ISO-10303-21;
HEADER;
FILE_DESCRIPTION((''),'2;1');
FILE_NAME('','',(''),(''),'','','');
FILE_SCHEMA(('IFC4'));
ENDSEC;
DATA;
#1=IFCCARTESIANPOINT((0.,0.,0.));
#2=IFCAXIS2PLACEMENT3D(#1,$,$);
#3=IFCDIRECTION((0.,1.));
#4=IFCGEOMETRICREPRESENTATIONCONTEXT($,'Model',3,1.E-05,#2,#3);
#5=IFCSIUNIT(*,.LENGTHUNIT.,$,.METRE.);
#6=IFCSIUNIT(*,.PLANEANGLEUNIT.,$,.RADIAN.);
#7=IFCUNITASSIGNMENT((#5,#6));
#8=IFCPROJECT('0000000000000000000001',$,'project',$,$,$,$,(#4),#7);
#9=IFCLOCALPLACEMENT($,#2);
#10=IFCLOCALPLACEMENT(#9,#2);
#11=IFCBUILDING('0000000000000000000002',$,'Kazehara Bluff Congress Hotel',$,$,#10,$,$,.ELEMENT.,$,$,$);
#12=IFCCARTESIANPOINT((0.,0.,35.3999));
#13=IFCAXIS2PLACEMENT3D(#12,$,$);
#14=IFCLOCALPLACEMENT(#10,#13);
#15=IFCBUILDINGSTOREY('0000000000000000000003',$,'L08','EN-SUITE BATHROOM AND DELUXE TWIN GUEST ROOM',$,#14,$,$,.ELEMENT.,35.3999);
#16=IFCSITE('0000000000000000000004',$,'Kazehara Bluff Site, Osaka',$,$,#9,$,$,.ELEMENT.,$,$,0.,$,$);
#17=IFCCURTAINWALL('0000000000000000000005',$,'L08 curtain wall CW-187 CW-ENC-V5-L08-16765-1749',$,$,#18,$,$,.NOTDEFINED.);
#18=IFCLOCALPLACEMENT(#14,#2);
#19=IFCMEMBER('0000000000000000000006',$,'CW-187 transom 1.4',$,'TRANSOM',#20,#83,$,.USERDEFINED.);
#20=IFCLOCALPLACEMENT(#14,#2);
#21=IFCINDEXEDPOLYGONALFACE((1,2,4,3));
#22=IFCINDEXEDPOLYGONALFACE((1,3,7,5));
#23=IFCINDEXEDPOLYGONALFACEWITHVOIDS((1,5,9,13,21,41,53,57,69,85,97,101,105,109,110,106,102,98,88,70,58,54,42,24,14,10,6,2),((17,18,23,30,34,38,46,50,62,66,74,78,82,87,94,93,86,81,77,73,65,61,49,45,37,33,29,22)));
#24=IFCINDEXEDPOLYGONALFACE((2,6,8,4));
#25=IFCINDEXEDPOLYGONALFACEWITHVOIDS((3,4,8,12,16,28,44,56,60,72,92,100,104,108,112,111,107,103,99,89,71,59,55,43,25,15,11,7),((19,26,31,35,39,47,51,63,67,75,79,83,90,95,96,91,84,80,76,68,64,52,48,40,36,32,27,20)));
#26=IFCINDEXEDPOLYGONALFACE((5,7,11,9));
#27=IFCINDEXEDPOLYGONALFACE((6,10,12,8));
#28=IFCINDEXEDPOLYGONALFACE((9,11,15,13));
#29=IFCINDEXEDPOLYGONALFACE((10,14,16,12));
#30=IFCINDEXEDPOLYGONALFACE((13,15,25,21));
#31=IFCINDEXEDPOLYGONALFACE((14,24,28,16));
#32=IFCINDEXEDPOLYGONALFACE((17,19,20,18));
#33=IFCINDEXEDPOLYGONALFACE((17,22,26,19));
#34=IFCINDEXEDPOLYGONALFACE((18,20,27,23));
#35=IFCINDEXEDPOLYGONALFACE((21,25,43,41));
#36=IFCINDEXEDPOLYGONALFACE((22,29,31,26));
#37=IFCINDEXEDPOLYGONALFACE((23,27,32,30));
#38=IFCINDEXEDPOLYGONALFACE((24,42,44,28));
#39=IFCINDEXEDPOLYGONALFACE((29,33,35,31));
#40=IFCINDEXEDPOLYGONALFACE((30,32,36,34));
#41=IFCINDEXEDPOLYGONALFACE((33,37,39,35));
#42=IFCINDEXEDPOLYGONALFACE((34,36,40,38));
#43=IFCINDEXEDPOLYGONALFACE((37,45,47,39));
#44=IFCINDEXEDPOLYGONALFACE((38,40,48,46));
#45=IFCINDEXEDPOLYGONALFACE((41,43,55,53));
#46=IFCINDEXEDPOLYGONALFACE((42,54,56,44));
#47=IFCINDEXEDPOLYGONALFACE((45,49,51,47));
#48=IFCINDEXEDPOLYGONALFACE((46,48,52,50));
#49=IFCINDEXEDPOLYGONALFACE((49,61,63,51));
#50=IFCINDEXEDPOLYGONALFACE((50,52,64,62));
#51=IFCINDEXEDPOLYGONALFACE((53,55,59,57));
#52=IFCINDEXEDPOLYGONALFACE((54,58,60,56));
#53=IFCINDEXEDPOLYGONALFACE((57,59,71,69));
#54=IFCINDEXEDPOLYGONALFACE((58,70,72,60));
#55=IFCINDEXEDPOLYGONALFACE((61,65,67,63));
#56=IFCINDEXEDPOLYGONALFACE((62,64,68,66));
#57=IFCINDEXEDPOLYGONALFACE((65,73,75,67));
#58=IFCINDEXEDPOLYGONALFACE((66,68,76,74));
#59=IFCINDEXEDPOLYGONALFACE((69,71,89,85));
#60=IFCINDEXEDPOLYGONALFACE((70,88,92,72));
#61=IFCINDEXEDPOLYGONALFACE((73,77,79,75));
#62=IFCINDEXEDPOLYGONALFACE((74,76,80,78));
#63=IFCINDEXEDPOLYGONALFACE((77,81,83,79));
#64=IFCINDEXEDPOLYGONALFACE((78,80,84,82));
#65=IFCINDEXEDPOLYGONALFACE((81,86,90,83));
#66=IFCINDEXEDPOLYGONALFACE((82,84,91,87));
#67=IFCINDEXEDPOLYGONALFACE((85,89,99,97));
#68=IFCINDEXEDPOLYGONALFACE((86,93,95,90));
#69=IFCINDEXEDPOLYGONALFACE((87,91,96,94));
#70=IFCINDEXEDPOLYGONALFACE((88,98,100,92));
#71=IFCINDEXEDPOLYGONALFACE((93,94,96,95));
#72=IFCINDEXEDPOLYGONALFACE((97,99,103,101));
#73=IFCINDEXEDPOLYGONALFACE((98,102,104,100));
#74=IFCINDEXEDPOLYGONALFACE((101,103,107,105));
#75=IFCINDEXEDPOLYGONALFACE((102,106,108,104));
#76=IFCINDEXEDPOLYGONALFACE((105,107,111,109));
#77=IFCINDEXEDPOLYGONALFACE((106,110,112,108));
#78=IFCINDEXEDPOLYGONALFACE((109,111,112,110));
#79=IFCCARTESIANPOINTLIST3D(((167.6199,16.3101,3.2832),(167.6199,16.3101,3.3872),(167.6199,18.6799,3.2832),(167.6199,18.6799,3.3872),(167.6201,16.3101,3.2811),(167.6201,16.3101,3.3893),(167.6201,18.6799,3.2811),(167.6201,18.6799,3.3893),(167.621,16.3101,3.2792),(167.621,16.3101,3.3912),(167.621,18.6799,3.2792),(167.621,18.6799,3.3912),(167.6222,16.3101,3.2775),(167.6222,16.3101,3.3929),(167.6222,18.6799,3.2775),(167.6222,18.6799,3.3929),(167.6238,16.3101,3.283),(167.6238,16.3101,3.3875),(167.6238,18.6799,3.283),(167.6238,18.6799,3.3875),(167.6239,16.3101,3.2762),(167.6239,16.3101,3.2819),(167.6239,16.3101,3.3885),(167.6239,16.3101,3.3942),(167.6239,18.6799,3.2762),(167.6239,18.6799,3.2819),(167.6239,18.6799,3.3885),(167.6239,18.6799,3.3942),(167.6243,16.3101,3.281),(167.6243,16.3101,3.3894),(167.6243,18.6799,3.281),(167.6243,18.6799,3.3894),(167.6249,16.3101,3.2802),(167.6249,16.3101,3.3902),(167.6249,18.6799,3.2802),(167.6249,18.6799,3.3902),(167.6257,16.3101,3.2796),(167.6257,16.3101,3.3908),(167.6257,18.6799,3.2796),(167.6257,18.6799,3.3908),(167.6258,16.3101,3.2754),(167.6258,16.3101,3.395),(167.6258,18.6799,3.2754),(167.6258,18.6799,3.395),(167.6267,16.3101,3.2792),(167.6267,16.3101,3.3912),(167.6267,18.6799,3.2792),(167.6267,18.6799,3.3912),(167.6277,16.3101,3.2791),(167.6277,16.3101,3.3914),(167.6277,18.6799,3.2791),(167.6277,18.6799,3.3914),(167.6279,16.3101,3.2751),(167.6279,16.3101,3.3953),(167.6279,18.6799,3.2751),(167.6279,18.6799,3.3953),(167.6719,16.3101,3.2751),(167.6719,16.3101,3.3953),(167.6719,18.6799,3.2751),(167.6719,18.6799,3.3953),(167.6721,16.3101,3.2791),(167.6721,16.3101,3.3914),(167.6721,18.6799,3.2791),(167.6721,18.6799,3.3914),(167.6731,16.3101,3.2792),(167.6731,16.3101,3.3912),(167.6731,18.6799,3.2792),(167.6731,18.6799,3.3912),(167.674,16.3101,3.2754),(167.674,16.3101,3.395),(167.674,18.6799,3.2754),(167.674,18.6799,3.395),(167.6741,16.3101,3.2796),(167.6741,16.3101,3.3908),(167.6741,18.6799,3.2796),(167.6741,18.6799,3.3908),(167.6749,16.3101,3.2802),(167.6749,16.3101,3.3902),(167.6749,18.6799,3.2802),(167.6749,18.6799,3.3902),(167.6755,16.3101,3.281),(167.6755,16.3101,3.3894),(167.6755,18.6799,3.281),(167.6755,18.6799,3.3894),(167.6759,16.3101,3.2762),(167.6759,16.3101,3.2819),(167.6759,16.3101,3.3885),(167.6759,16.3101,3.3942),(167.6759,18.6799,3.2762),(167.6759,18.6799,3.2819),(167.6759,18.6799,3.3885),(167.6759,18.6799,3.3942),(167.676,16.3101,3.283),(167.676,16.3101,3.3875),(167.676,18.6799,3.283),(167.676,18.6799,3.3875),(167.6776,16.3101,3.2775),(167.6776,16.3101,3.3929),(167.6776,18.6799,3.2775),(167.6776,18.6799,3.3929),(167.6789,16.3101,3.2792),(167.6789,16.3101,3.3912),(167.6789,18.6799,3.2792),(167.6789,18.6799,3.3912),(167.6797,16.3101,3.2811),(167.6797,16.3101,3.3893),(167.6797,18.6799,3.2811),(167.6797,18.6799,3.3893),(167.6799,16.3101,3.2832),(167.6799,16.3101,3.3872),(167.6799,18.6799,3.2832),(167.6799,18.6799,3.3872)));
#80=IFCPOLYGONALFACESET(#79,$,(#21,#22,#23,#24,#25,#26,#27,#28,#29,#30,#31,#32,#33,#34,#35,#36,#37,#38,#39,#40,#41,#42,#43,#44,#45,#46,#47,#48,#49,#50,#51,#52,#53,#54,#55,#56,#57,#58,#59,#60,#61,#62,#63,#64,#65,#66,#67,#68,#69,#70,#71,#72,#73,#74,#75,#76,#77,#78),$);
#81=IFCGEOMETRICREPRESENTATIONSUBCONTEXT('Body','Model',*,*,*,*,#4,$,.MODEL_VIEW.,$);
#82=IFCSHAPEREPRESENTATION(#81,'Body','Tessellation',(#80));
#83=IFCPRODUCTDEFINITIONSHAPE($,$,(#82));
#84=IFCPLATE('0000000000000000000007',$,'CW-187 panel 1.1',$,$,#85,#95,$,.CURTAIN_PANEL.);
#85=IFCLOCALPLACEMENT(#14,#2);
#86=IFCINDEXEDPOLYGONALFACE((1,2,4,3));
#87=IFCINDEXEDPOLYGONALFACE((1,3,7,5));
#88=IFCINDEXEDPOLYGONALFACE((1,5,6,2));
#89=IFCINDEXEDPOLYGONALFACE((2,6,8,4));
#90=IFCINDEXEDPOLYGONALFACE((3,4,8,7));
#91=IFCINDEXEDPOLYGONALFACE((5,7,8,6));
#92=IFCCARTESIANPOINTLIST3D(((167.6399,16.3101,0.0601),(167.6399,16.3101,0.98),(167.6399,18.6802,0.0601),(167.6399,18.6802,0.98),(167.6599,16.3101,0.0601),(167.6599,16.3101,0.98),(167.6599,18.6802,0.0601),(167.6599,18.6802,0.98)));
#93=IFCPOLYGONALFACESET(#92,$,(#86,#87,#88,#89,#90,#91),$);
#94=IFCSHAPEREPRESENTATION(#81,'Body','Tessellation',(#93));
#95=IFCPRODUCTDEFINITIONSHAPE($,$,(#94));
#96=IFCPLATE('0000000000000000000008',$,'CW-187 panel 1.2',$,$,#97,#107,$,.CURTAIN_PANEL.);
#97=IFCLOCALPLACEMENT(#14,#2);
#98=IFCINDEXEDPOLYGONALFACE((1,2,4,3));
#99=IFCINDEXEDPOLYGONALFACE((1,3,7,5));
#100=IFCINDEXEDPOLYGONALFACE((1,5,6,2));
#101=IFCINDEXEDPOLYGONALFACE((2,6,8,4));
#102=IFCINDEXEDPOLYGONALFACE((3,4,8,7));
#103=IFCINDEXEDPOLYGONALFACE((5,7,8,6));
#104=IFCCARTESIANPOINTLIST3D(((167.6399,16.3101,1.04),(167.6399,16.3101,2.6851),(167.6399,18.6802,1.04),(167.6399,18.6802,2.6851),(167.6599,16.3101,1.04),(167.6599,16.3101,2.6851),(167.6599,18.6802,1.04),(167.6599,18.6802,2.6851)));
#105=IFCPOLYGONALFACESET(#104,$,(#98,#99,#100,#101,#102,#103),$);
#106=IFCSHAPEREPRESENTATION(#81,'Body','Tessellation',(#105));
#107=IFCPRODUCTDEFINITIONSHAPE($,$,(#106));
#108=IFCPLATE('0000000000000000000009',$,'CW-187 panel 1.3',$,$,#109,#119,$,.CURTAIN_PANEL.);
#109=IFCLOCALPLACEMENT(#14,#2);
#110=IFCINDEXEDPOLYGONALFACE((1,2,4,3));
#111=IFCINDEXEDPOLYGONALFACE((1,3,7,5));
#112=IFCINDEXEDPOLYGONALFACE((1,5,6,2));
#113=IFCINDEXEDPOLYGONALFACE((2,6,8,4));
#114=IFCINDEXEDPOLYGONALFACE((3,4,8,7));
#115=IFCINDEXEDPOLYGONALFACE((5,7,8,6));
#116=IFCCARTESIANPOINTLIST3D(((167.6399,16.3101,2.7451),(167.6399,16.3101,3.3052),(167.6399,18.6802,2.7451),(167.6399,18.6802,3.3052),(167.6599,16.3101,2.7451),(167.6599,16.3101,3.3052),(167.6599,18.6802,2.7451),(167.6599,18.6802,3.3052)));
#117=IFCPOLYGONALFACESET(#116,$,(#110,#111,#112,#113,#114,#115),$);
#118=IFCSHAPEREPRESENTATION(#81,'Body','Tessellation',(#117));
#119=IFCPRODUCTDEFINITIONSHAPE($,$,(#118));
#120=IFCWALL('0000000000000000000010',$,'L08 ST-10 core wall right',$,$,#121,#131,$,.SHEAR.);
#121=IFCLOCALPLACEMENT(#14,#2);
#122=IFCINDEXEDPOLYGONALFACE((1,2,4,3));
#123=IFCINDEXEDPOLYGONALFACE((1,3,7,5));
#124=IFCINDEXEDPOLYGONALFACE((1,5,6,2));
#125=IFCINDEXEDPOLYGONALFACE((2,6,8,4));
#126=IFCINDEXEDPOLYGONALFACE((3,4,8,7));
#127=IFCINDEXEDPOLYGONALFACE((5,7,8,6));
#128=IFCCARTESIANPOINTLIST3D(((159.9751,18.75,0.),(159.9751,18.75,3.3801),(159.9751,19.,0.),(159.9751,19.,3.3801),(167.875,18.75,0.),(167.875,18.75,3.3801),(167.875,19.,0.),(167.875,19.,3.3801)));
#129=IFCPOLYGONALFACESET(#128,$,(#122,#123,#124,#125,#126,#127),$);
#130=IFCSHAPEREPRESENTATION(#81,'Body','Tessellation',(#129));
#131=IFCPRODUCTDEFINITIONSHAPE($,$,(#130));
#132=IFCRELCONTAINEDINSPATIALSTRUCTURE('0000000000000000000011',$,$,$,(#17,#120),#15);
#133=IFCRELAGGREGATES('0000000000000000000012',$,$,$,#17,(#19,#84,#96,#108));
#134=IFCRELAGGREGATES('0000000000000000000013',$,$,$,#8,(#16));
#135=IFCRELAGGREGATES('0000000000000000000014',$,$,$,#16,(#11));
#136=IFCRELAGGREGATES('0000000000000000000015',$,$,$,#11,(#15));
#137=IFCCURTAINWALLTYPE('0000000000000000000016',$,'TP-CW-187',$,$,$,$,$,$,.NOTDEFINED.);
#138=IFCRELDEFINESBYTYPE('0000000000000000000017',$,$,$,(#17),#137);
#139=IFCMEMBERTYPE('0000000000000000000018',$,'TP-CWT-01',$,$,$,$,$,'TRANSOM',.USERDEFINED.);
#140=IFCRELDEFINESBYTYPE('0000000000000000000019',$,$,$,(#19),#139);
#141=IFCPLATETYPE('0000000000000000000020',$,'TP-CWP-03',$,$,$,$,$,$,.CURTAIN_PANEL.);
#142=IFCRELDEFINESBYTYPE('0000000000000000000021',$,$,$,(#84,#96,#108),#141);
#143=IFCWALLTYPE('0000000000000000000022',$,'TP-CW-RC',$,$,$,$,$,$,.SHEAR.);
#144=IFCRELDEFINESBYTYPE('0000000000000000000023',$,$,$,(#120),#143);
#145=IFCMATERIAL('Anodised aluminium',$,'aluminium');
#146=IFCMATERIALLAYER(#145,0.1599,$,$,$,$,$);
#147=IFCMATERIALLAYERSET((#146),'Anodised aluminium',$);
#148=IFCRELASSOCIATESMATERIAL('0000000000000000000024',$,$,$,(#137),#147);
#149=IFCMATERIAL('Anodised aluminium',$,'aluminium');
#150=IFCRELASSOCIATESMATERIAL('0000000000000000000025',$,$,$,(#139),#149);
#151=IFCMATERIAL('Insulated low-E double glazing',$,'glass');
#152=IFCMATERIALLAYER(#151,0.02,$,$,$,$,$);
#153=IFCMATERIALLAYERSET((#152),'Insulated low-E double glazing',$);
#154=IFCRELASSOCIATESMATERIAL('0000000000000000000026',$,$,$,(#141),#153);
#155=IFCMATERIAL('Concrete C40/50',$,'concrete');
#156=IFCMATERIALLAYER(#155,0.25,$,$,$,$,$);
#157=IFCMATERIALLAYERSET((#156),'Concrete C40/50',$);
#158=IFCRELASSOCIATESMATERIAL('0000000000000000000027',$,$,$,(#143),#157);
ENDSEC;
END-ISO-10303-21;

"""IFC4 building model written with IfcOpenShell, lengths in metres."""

from ifc_helpers import new_model, si_unit, direction, frame, frame_2d, origin, origin_2d, place, context, subcontext, project, spatial, rectangle, hollow_rectangle, extrude, material, layer, layer_set, material_profile, profile_set, type_object, element, aggregate, save


model = new_model("IFC4")

# Units and contexts
model_context = context("Model", 3, precision=1e-05, world=origin(), true_north=direction((0.0, 1.0)))
body_context = subcontext(model_context, "Body", "Model", "MODEL_VIEW")
ifc_project = project(units=[si_unit("LENGTHUNIT", "METRE"), si_unit("PLANEANGLEUNIT", "RADIAN")], contexts=[model_context])

# Site, building, storey
site_placement = place(None, origin())
site = spatial("IfcSite", under=ifc_project, at=site_placement, Name="Kazehara Bluff Site, Osaka", CompositionType="ELEMENT", RefElevation=0.0)
building_placement = place(site_placement, origin())
building = spatial("IfcBuilding", under=site, at=building_placement, Name="Kazehara Bluff Congress Hotel", CompositionType="ELEMENT")
storey_placement = place(building_placement, frame((0.0, 0.0, 35.3999)))
storey = spatial("IfcBuildingStorey", under=building, at=storey_placement, Name="L08", Description="EN-SUITE BATHROOM AND DELUXE TWIN GUEST ROOM", CompositionType="ELEMENT", Elevation=35.3999)

# Curtain wall, member, plates
ifc_material_1 = material(Name="Anodised aluminium", Category="aluminium")
ifc_layer_1 = layer(ifc_material_1, 0.1599)
ifc_layer_set_1 = layer_set([ifc_layer_1], Name="Anodised aluminium")
curtain_wall_type = type_object("IfcCurtainWallType", Name="TP-CW-187", PredefinedType="NOTDEFINED", material=ifc_layer_set_1)
curtain_wall_placement = place(storey_placement, origin())
curtain_wall = element("IfcCurtainWall", 1, at=curtain_wall_placement, inside=storey, type_object=curtain_wall_type, Name="L08 curtain wall CW-187 CW-ENC-V5-L08-16765-1749", PredefinedType="NOTDEFINED")
ifc_material_2 = material(Name="Anodised aluminium", Category="aluminium")
ifc_material_profile_1 = material_profile(ifc_material_2, hollow_rectangle(XDim=0.0601, YDim=0.1201, WallThickness=0.0039, InnerFilletRadius=0.0039, OuterFilletRadius=0.0081, at=origin_2d()))
ifc_profile_set_1 = profile_set([ifc_material_profile_1], Name="Anodised aluminium")
member_type_1 = type_object("IfcMemberType", Name="TP-CWT-01", ElementType="TRANSOM", PredefinedType="USERDEFINED", material=ifc_profile_set_1)
member_1_placement = place(storey_placement, frame((167.6499, 18.6799, 3.3352), z_axis=(0.0, -1.0, 0.0), x_axis=(1.0, 0.0, 0.0)))
member_1 = element("IfcMember", 2, at=member_1_placement, type_object=member_type_1, Name="CW-187 transom 1.4", ObjectType="TRANSOM", PredefinedType="USERDEFINED", context=body_context, shape_type="SweptSolid", body=[
    extrude(hollow_rectangle(XDim=0.0601, YDim=0.1201, WallThickness=0.0039, InnerFilletRadius=0.0039, OuterFilletRadius=0.0081, at=origin_2d()), origin(), (0.0, 0.0, 1.0), 2.3699),
])
ifc_material_3 = material(Name="Insulated low-E double glazing", Category="glass")
ifc_layer_2 = layer(ifc_material_3, 0.02)
ifc_layer_set_2 = layer_set([ifc_layer_2], Name="Insulated low-E double glazing")
plate_type = type_object("IfcPlateType", Name="TP-CWP-03", PredefinedType="CURTAIN_PANEL", material=ifc_layer_set_2)
plate_1_placement = place(storey_placement, frame((167.6499, 17.4951, 0.0601), z_axis=(0.0, 0.0, 1.0), x_axis=(0.0, -1.0, 0.0)))
plate_1 = element("IfcPlate", 3, at=plate_1_placement, type_object=plate_type, Name="CW-187 panel 1.1", PredefinedType="CURTAIN_PANEL", context=body_context, shape_type="SweptSolid", body=[
    extrude(rectangle(XDim=2.3701, YDim=0.02, at=origin_2d()), origin(), (0.0, 0.0, 1.0), 0.9199),
])
plate_2_placement = place(storey_placement, frame((167.6499, 17.4951, 1.04), z_axis=(0.0, 0.0, 1.0), x_axis=(0.0, -1.0, 0.0)))
plate_2 = element("IfcPlate", 4, at=plate_2_placement, type_object=plate_type, Name="CW-187 panel 1.2", PredefinedType="CURTAIN_PANEL", context=body_context, shape_type="SweptSolid", body=[
    extrude(rectangle(XDim=2.3701, YDim=0.02, at=origin_2d()), origin(), (0.0, 0.0, 1.0), 1.645),
])
plate_3_placement = place(storey_placement, frame((167.6499, 17.4951, 2.7451), z_axis=(0.0, 0.0, 1.0), x_axis=(0.0, -1.0, 0.0)))
plate_3 = element("IfcPlate", 5, at=plate_3_placement, type_object=plate_type, Name="CW-187 panel 1.3", PredefinedType="CURTAIN_PANEL", context=body_context, shape_type="SweptSolid", body=[
    extrude(rectangle(XDim=2.3701, YDim=0.02, at=origin_2d()), origin(), (0.0, 0.0, 1.0), 0.5601),
])
aggregate(curtain_wall, [member_1, plate_1, plate_2, plate_3])

# Wall
ifc_material_4 = material(Name="Concrete C40/50", Category="concrete")
ifc_layer_3 = layer(ifc_material_4, 0.25)
ifc_layer_set_3 = layer_set([ifc_layer_3], Name="Concrete C40/50")
wall_type_1 = type_object("IfcWallType", Name="TP-CW-RC", PredefinedType="SHEAR", material=ifc_layer_set_3)
wall_1_placement = place(storey_placement, frame((167.875, 18.875, 0.0), z_axis=(0.0, 0.0, 1.0), x_axis=(-1.0, 0.0, 0.0)))
element("IfcWall", 6, at=wall_1_placement, inside=storey, type_object=wall_type_1, Name="L08 ST-10 core wall right", PredefinedType="SHEAR", context=body_context, shape_type="SweptSolid", body=[
    extrude(rectangle(XDim=7.8999, YDim=0.25, at=frame_2d((3.95, 0.0))), origin(), (0.0, 0.0, 1.0), 3.3801),
])

save(model, "model.ifc")
